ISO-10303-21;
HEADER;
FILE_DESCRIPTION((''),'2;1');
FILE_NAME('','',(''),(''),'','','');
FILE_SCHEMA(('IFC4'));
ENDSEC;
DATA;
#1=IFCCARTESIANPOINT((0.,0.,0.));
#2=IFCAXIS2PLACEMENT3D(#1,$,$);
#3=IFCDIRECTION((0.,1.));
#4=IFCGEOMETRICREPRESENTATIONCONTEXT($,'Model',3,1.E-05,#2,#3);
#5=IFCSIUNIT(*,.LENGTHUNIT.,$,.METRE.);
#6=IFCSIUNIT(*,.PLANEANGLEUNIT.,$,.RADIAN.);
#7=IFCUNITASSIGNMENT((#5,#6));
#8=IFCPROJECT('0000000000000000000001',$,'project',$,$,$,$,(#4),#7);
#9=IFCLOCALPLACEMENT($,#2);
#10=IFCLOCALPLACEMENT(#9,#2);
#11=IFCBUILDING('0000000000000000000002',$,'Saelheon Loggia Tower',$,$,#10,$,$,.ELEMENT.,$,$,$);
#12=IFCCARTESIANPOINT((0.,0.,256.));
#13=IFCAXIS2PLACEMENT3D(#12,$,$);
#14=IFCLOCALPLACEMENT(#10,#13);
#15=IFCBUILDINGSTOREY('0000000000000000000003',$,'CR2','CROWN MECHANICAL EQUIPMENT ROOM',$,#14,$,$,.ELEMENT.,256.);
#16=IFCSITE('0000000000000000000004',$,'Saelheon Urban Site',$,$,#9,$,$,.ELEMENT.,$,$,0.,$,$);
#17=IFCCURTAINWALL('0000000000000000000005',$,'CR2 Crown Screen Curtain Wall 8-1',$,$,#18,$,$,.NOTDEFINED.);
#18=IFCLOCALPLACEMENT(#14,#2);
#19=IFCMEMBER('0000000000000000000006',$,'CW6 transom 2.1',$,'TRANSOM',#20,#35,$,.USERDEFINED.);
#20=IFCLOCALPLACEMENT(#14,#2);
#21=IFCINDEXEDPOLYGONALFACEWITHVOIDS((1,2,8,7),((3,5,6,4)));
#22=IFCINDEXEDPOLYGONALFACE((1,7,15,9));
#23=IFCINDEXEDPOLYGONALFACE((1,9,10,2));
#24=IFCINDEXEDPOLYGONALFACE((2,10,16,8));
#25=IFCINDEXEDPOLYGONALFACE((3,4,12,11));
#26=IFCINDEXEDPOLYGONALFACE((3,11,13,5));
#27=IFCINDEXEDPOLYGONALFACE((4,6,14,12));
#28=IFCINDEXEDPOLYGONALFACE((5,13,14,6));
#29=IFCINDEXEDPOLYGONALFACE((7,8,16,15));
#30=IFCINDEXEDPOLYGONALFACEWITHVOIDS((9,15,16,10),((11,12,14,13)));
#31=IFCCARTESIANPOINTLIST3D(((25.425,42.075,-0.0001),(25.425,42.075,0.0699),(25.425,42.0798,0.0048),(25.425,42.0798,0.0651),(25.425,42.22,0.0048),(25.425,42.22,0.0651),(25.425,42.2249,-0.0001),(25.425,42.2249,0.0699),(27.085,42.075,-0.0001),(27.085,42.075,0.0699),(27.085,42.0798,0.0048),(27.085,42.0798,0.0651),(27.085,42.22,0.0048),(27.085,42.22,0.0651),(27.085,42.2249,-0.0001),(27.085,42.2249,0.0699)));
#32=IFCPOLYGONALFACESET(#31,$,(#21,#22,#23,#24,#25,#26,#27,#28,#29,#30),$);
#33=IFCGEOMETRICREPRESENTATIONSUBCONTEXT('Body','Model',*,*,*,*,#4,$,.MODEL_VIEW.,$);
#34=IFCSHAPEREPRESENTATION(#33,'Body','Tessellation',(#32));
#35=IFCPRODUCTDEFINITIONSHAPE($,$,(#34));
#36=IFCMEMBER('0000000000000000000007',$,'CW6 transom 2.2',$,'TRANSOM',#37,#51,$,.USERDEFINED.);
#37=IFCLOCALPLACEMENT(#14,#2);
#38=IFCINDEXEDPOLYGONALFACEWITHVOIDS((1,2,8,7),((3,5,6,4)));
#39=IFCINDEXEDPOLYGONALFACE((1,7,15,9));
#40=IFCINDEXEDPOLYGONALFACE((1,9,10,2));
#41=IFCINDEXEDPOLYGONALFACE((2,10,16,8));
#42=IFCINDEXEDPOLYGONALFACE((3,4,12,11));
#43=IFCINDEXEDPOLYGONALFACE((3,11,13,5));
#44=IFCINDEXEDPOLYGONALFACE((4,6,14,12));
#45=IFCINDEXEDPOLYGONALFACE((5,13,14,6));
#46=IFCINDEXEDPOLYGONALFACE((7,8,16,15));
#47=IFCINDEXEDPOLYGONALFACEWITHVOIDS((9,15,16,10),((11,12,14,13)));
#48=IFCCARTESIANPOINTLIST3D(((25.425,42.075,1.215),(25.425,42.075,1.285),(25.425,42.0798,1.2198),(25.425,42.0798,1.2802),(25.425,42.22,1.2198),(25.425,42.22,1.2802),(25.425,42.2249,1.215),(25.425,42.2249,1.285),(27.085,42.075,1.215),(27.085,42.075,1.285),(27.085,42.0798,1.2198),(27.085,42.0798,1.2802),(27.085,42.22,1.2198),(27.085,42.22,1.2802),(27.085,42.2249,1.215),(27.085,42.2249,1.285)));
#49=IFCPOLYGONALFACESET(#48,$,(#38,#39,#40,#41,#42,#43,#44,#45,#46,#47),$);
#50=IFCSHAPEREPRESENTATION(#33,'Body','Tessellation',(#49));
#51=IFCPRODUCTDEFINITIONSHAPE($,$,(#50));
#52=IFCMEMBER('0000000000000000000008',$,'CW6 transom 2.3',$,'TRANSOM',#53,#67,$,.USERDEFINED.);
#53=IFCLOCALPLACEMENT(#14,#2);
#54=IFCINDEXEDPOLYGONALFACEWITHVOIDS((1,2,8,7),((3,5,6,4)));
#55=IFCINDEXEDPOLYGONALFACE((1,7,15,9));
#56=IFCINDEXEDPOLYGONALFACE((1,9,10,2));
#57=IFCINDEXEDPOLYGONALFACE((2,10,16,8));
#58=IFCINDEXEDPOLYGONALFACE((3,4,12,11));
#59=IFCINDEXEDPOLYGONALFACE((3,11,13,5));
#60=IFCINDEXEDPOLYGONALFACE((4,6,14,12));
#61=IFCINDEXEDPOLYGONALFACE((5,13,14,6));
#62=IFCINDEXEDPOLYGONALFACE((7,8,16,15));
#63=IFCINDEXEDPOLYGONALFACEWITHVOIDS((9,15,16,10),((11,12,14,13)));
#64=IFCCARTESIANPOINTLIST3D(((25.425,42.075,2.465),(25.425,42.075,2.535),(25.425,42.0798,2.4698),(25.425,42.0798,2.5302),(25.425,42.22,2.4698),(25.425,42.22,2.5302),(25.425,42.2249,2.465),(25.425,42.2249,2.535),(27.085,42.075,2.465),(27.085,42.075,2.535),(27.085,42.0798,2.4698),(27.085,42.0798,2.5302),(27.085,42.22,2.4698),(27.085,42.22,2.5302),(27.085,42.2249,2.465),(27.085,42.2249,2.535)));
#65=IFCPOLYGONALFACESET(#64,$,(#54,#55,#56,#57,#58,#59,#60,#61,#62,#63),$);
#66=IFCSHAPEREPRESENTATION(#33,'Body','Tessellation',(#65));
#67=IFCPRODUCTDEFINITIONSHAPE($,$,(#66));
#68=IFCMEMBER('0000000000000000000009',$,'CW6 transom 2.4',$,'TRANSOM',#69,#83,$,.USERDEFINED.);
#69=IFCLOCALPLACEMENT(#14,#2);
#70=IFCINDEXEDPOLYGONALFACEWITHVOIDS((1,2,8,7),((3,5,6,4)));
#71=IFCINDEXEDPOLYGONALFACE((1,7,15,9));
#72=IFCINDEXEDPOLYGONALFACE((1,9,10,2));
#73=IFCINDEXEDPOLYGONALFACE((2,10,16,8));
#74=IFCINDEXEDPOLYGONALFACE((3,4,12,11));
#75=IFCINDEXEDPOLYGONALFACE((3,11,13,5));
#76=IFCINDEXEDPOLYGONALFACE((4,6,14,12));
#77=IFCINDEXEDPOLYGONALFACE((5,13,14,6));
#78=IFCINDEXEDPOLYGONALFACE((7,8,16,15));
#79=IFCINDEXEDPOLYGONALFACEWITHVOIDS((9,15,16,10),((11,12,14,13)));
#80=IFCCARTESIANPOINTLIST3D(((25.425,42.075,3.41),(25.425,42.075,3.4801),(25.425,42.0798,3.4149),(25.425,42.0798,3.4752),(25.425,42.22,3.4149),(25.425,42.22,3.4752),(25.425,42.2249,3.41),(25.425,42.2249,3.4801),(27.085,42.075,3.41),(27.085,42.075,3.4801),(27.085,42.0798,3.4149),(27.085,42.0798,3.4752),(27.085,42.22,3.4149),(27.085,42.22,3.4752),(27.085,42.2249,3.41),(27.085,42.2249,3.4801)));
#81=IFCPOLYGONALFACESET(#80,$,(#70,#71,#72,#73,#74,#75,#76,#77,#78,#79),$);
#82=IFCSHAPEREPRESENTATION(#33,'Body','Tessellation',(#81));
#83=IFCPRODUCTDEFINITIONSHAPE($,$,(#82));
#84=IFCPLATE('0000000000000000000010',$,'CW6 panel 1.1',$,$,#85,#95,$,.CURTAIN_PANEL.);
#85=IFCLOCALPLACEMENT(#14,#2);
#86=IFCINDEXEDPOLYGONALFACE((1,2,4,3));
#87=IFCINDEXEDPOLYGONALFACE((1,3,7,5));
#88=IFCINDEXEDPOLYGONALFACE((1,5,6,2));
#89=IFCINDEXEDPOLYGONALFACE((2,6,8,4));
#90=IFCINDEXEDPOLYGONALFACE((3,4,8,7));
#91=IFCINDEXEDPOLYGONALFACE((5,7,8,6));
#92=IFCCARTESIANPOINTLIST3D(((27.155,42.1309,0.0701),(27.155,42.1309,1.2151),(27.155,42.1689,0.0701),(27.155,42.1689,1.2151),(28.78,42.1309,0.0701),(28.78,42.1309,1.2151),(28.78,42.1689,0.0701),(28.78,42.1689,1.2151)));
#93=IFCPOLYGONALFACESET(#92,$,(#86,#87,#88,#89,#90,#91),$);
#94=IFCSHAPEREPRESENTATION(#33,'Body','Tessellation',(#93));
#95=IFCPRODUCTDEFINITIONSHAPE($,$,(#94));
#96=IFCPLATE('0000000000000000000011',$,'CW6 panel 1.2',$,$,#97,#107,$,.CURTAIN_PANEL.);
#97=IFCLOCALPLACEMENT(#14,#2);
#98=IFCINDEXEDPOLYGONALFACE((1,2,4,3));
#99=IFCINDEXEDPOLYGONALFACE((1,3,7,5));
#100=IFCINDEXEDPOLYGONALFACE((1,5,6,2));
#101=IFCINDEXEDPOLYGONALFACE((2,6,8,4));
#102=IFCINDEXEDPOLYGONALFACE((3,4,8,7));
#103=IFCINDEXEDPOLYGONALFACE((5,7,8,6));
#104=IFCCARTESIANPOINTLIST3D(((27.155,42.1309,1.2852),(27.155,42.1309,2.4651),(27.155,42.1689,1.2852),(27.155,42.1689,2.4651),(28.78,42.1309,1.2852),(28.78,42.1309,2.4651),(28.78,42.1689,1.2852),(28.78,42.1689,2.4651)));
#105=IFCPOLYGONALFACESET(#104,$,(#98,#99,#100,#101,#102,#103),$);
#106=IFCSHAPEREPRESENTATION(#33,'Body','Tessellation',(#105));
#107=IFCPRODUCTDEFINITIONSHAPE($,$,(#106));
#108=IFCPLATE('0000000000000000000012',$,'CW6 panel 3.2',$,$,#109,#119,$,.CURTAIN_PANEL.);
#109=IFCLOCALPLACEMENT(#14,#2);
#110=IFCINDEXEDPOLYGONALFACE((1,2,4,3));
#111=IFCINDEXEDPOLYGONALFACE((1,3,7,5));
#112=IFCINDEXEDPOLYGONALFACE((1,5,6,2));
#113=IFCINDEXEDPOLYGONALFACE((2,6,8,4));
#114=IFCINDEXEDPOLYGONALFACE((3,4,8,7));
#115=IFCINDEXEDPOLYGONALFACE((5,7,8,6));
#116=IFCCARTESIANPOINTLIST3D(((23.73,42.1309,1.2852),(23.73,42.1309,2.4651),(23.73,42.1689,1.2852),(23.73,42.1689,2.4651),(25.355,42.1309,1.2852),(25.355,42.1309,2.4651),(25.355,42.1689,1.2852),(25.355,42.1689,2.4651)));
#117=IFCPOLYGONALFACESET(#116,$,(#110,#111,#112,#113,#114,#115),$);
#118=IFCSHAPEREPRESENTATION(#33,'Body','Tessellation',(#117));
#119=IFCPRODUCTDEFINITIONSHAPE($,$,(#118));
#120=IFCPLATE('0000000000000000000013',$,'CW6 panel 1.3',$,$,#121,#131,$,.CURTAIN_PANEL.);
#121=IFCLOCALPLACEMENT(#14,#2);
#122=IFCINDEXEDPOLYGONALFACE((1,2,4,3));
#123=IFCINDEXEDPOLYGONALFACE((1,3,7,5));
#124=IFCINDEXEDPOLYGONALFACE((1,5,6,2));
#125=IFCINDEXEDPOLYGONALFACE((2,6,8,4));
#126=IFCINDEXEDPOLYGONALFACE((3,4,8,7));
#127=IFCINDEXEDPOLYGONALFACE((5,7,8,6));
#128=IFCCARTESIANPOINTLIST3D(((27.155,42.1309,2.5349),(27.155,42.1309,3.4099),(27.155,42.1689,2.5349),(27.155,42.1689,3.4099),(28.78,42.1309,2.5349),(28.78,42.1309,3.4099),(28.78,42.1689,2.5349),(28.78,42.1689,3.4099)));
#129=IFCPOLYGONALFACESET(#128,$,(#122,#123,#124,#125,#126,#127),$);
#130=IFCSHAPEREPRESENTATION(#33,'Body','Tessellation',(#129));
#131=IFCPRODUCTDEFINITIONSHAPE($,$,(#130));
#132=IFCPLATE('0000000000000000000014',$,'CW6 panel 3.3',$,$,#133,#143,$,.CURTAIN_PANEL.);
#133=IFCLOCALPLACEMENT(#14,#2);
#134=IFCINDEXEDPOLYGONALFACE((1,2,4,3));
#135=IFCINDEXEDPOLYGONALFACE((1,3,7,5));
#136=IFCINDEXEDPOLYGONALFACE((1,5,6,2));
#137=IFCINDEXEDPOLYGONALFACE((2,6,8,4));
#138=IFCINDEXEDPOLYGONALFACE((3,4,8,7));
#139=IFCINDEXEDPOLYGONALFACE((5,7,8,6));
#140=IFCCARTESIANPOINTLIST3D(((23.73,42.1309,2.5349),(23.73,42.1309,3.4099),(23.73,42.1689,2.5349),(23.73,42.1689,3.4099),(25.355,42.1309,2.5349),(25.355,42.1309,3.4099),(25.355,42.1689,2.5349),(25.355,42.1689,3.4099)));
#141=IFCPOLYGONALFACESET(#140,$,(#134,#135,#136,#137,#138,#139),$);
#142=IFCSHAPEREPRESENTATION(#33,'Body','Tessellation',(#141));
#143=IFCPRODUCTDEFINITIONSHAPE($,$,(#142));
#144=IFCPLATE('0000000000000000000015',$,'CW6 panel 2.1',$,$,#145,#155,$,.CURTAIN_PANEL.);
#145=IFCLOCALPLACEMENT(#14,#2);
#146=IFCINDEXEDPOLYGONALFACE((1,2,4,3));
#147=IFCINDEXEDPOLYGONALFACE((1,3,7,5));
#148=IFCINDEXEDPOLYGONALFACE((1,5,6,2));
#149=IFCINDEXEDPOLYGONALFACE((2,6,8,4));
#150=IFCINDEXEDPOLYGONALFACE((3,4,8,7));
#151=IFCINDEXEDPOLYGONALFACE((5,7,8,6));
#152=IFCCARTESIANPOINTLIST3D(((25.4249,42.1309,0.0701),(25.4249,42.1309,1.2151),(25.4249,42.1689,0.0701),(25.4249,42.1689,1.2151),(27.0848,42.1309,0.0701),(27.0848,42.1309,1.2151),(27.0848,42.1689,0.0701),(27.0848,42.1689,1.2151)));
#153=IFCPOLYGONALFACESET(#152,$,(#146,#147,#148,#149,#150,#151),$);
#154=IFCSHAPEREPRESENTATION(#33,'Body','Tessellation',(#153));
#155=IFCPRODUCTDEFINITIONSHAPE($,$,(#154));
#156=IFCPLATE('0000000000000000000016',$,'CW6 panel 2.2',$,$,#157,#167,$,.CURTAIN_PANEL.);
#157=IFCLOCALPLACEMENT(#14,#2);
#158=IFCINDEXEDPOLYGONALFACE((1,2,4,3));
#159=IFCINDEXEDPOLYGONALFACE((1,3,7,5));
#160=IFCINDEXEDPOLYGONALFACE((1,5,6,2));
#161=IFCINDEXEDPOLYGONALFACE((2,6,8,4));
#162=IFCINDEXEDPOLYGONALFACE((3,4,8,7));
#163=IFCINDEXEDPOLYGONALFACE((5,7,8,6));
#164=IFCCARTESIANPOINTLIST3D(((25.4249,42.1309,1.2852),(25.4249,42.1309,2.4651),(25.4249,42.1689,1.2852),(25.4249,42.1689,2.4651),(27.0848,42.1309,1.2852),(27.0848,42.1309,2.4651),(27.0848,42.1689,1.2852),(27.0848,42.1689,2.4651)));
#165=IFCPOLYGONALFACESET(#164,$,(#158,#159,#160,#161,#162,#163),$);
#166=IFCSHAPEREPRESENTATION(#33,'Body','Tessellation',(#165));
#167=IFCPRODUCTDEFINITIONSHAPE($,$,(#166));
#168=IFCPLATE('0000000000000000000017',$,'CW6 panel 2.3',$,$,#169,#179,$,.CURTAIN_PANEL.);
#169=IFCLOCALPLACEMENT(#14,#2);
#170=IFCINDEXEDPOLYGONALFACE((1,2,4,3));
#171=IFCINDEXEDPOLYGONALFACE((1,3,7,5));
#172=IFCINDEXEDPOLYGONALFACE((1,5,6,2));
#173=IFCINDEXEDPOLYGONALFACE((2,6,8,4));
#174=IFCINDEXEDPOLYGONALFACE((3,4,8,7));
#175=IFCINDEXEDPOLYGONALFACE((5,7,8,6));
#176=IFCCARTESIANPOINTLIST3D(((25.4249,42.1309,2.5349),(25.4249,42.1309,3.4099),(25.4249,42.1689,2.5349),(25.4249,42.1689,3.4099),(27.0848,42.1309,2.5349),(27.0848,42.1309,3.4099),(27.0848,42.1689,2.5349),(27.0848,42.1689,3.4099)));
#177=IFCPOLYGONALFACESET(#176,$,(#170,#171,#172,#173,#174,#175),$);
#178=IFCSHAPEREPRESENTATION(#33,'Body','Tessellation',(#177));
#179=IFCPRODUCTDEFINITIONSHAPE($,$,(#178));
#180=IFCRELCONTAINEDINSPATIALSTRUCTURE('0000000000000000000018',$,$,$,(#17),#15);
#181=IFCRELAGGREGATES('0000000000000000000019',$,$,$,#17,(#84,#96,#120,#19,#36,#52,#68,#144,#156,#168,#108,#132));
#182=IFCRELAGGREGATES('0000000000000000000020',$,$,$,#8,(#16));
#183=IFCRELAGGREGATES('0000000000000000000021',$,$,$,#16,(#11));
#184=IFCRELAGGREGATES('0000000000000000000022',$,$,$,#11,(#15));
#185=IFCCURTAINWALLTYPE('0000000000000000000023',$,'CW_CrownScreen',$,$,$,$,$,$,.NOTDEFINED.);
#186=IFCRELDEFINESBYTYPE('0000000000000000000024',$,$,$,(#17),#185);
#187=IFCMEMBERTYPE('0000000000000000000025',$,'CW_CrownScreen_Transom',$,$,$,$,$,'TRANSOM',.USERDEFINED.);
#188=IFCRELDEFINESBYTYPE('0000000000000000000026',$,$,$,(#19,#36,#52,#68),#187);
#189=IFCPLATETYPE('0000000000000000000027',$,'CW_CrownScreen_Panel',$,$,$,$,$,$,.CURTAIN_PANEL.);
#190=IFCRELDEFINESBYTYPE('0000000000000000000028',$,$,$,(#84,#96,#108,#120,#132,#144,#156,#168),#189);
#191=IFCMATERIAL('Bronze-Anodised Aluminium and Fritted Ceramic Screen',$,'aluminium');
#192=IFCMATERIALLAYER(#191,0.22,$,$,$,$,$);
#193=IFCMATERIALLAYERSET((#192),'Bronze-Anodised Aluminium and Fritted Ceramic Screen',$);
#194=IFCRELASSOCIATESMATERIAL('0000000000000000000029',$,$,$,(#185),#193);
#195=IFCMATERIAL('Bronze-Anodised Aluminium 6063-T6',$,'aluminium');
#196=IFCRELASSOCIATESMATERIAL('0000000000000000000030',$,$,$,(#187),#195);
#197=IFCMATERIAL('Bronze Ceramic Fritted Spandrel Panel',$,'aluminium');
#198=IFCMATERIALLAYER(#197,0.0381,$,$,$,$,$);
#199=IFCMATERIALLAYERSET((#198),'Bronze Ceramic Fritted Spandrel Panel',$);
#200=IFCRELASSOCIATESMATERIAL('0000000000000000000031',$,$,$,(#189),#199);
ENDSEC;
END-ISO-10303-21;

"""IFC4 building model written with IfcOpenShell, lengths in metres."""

from ifc_helpers import new_model, si_unit, direction, frame, origin, origin_2d, place, context, subcontext, project, spatial, rectangle, hollow_rectangle, extrude, source, transform, mapped, material, layer, layer_set, material_profile, profile_set, type_object, element, aggregate, save


model = new_model("IFC4")

# Units and contexts
model_context = context("Model", 3, precision=1e-05, world=origin(), true_north=direction((0.0, 1.0)))
body_context = subcontext(model_context, "Body", "Model", "MODEL_VIEW")
ifc_project = project(units=[si_unit("LENGTHUNIT", "METRE"), si_unit("PLANEANGLEUNIT", "RADIAN")], contexts=[model_context])

# Site, building, storey
site_placement = place(None, origin())
site = spatial("IfcSite", under=ifc_project, at=site_placement, Name="Saelheon Urban Site", CompositionType="ELEMENT", RefElevation=0.0)
building_placement = place(site_placement, origin())
building = spatial("IfcBuilding", under=site, at=building_placement, Name="Saelheon Loggia Tower", CompositionType="ELEMENT")
storey_placement = place(building_placement, frame((0.0, 0.0, 256.0)))
storey = spatial("IfcBuildingStorey", under=building, at=storey_placement, Name="CR2", Description="CROWN MECHANICAL EQUIPMENT ROOM", CompositionType="ELEMENT", Elevation=256.0)

# Curtain wall, members, plates
ifc_material_1 = material(Name="Bronze-Anodised Aluminium and Fritted Ceramic Screen", Category="aluminium")
ifc_layer_1 = layer(ifc_material_1, 0.22)
ifc_layer_set_1 = layer_set([ifc_layer_1], Name="Bronze-Anodised Aluminium and Fritted Ceramic Screen")
curtain_wall_type = type_object("IfcCurtainWallType", Name="CW_CrownScreen", PredefinedType="NOTDEFINED", material=ifc_layer_set_1)
curtain_wall_placement = place(storey_placement, origin())
curtain_wall = element("IfcCurtainWall", 1, at=curtain_wall_placement, inside=storey, type_object=curtain_wall_type, Name="CR2 Crown Screen Curtain Wall 8-1", PredefinedType="NOTDEFINED")
ifc_material_2 = material(Name="Bronze-Anodised Aluminium 6063-T6", Category="aluminium")
ifc_material_profile_1 = material_profile(ifc_material_2, hollow_rectangle(XDim=0.0701, YDim=0.1499, WallThickness=0.0049, at=origin_2d()), Name="RHS-150x70x5")
ifc_profile_set_1 = profile_set([ifc_material_profile_1], Name="Bronze-Anodised Aluminium 6063-T6")
member_type_1 = type_object("IfcMemberType", Name="CW_CrownScreen_Transom", ElementType="TRANSOM", PredefinedType="USERDEFINED", material=ifc_profile_set_1)
shared_shape_1 = source(origin(), body_context, "Body", "SweptSolid", [
    extrude(hollow_rectangle(XDim=0.0701, YDim=0.1499, WallThickness=0.0049, at=origin_2d()), origin(), (0.0, 0.0, 1.0), 1.6599),
])
member_1_placement = place(storey_placement, frame((27.085, 42.1499, 0.0349), z_axis=(-1.0, 0.0, 0.0), x_axis=(0.0, 0.0, 1.0)))
member_1 = element("IfcMember", 2, at=member_1_placement, type_object=member_type_1, Name="CW6 transom 2.1", ObjectType="TRANSOM", PredefinedType="USERDEFINED", context=body_context, shape_type="MappedRepresentation", body=[
    mapped(shared_shape_1, transform((0.0, 0.0, 0.0), scale=1.0)),
])
member_2_placement = place(storey_placement, frame((27.085, 42.1499, 1.25), z_axis=(-1.0, 0.0, 0.0), x_axis=(0.0, 0.0, 1.0)))
member_2 = element("IfcMember", 3, at=member_2_placement, type_object=member_type_1, Name="CW6 transom 2.2", ObjectType="TRANSOM", PredefinedType="USERDEFINED", context=body_context, shape_type="MappedRepresentation", body=[
    mapped(shared_shape_1, transform((0.0, 0.0, 0.0), scale=1.0)),
])
member_3_placement = place(storey_placement, frame((27.085, 42.1499, 2.5), z_axis=(-1.0, 0.0, 0.0), x_axis=(0.0, 0.0, 1.0)))
member_3 = element("IfcMember", 4, at=member_3_placement, type_object=member_type_1, Name="CW6 transom 2.3", ObjectType="TRANSOM", PredefinedType="USERDEFINED", context=body_context, shape_type="MappedRepresentation", body=[
    mapped(shared_shape_1, transform((0.0, 0.0, 0.0), scale=1.0)),
])
member_4_placement = place(storey_placement, frame((27.085, 42.1499, 3.4451), z_axis=(-1.0, 0.0, 0.0), x_axis=(0.0, 0.0, 1.0)))
member_4 = element("IfcMember", 5, at=member_4_placement, type_object=member_type_1, Name="CW6 transom 2.4", ObjectType="TRANSOM", PredefinedType="USERDEFINED", context=body_context, shape_type="MappedRepresentation", body=[
    mapped(shared_shape_1, transform((0.0, 0.0, 0.0), scale=1.0)),
])
ifc_material_3 = material(Name="Bronze Ceramic Fritted Spandrel Panel", Category="aluminium")
ifc_layer_2 = layer(ifc_material_3, 0.0381)
ifc_layer_set_2 = layer_set([ifc_layer_2], Name="Bronze Ceramic Fritted Spandrel Panel")
plate_type = type_object("IfcPlateType", Name="CW_CrownScreen_Panel", PredefinedType="CURTAIN_PANEL", material=ifc_layer_set_2)
shared_shape_2 = source(origin(), body_context, "Body", "SweptSolid", [
    extrude(rectangle(XDim=1.625, YDim=0.0381, at=origin_2d()), origin(), (0.0, 0.0, 1.0), 1.145),
])
plate_1_placement = place(storey_placement, frame((27.9675, 42.1499, 0.0701), z_axis=(0.0, 0.0, 1.0), x_axis=(-1.0, 0.0, 0.0)))
plate_1 = element("IfcPlate", 6, at=plate_1_placement, type_object=plate_type, Name="CW6 panel 1.1", PredefinedType="CURTAIN_PANEL", context=body_context, shape_type="MappedRepresentation", body=[
    mapped(shared_shape_2, transform((0.0, 0.0, 0.0), scale=1.0)),
])
shared_shape_3 = source(origin(), body_context, "Body", "SweptSolid", [
    extrude(rectangle(XDim=1.625, YDim=0.0381, at=origin_2d()), origin(), (0.0, 0.0, 1.0), 1.1799),
])
plate_2_placement = place(storey_placement, frame((27.9675, 42.1499, 1.2852), z_axis=(0.0, 0.0, 1.0), x_axis=(-1.0, 0.0, 0.0)))
plate_2 = element("IfcPlate", 7, at=plate_2_placement, type_object=plate_type, Name="CW6 panel 1.2", PredefinedType="CURTAIN_PANEL", context=body_context, shape_type="MappedRepresentation", body=[
    mapped(shared_shape_3, transform((0.0, 0.0, 0.0), scale=1.0)),
])
plate_3_placement = place(storey_placement, frame((24.5425, 42.1499, 1.2852), z_axis=(0.0, 0.0, 1.0), x_axis=(-1.0, 0.0, 0.0)))
plate_3 = element("IfcPlate", 8, at=plate_3_placement, type_object=plate_type, Name="CW6 panel 3.2", PredefinedType="CURTAIN_PANEL", context=body_context, shape_type="MappedRepresentation", body=[
    mapped(shared_shape_3, transform((0.0, 0.0, 0.0), scale=1.0)),
])
shared_shape_4 = source(origin(), body_context, "Body", "SweptSolid", [
    extrude(rectangle(XDim=1.625, YDim=0.0381, at=origin_2d()), origin(), (0.0, 0.0, 1.0), 0.875),
])
plate_4_placement = place(storey_placement, frame((27.9675, 42.1499, 2.5349), z_axis=(0.0, 0.0, 1.0), x_axis=(-1.0, 0.0, 0.0)))
plate_4 = element("IfcPlate", 9, at=plate_4_placement, type_object=plate_type, Name="CW6 panel 1.3", PredefinedType="CURTAIN_PANEL", context=body_context, shape_type="MappedRepresentation", body=[
    mapped(shared_shape_4, transform((0.0, 0.0, 0.0), scale=1.0)),
])
plate_5_placement = place(storey_placement, frame((24.5425, 42.1499, 2.5349), z_axis=(0.0, 0.0, 1.0), x_axis=(-1.0, 0.0, 0.0)))
plate_5 = element("IfcPlate", 10, at=plate_5_placement, type_object=plate_type, Name="CW6 panel 3.3", PredefinedType="CURTAIN_PANEL", context=body_context, shape_type="MappedRepresentation", body=[
    mapped(shared_shape_4, transform((0.0, 0.0, 0.0), scale=1.0)),
])
shared_shape_5 = source(origin(), body_context, "Body", "SweptSolid", [
    extrude(rectangle(XDim=1.6599, YDim=0.0381, at=origin_2d()), origin(), (0.0, 0.0, 1.0), 1.145),
])
plate_6_placement = place(storey_placement, frame((26.2549, 42.1499, 0.0701), z_axis=(0.0, 0.0, 1.0), x_axis=(-1.0, 0.0, 0.0)))
plate_6 = element("IfcPlate", 11, at=plate_6_placement, type_object=plate_type, Name="CW6 panel 2.1", PredefinedType="CURTAIN_PANEL", context=body_context, shape_type="MappedRepresentation", body=[
    mapped(shared_shape_5, transform((0.0, 0.0, 0.0), scale=1.0)),
])
shared_shape_6 = source(origin(), body_context, "Body", "SweptSolid", [
    extrude(rectangle(XDim=1.6599, YDim=0.0381, at=origin_2d()), origin(), (0.0, 0.0, 1.0), 1.1799),
])
plate_7_placement = place(storey_placement, frame((26.2549, 42.1499, 1.2852), z_axis=(0.0, 0.0, 1.0), x_axis=(-1.0, 0.0, 0.0)))
plate_7 = element("IfcPlate", 12, at=plate_7_placement, type_object=plate_type, Name="CW6 panel 2.2", PredefinedType="CURTAIN_PANEL", context=body_context, shape_type="MappedRepresentation", body=[
    mapped(shared_shape_6, transform((0.0, 0.0, 0.0), scale=1.0)),
])
shared_shape_7 = source(origin(), body_context, "Body", "SweptSolid", [
    extrude(rectangle(XDim=1.6599, YDim=0.0381, at=origin_2d()), origin(), (0.0, 0.0, 1.0), 0.875),
])
plate_8_placement = place(storey_placement, frame((26.2549, 42.1499, 2.5349), z_axis=(0.0, 0.0, 1.0), x_axis=(-1.0, 0.0, 0.0)))
plate_8 = element("IfcPlate", 13, at=plate_8_placement, type_object=plate_type, Name="CW6 panel 2.3", PredefinedType="CURTAIN_PANEL", context=body_context, shape_type="MappedRepresentation", body=[
    mapped(shared_shape_7, transform((0.0, 0.0, 0.0), scale=1.0)),
])
aggregate(curtain_wall, [plate_1, plate_2, plate_4, member_1, member_2, member_3, member_4, plate_6, plate_7, plate_8, plate_3, plate_5])

save(model, "model.ifc")
